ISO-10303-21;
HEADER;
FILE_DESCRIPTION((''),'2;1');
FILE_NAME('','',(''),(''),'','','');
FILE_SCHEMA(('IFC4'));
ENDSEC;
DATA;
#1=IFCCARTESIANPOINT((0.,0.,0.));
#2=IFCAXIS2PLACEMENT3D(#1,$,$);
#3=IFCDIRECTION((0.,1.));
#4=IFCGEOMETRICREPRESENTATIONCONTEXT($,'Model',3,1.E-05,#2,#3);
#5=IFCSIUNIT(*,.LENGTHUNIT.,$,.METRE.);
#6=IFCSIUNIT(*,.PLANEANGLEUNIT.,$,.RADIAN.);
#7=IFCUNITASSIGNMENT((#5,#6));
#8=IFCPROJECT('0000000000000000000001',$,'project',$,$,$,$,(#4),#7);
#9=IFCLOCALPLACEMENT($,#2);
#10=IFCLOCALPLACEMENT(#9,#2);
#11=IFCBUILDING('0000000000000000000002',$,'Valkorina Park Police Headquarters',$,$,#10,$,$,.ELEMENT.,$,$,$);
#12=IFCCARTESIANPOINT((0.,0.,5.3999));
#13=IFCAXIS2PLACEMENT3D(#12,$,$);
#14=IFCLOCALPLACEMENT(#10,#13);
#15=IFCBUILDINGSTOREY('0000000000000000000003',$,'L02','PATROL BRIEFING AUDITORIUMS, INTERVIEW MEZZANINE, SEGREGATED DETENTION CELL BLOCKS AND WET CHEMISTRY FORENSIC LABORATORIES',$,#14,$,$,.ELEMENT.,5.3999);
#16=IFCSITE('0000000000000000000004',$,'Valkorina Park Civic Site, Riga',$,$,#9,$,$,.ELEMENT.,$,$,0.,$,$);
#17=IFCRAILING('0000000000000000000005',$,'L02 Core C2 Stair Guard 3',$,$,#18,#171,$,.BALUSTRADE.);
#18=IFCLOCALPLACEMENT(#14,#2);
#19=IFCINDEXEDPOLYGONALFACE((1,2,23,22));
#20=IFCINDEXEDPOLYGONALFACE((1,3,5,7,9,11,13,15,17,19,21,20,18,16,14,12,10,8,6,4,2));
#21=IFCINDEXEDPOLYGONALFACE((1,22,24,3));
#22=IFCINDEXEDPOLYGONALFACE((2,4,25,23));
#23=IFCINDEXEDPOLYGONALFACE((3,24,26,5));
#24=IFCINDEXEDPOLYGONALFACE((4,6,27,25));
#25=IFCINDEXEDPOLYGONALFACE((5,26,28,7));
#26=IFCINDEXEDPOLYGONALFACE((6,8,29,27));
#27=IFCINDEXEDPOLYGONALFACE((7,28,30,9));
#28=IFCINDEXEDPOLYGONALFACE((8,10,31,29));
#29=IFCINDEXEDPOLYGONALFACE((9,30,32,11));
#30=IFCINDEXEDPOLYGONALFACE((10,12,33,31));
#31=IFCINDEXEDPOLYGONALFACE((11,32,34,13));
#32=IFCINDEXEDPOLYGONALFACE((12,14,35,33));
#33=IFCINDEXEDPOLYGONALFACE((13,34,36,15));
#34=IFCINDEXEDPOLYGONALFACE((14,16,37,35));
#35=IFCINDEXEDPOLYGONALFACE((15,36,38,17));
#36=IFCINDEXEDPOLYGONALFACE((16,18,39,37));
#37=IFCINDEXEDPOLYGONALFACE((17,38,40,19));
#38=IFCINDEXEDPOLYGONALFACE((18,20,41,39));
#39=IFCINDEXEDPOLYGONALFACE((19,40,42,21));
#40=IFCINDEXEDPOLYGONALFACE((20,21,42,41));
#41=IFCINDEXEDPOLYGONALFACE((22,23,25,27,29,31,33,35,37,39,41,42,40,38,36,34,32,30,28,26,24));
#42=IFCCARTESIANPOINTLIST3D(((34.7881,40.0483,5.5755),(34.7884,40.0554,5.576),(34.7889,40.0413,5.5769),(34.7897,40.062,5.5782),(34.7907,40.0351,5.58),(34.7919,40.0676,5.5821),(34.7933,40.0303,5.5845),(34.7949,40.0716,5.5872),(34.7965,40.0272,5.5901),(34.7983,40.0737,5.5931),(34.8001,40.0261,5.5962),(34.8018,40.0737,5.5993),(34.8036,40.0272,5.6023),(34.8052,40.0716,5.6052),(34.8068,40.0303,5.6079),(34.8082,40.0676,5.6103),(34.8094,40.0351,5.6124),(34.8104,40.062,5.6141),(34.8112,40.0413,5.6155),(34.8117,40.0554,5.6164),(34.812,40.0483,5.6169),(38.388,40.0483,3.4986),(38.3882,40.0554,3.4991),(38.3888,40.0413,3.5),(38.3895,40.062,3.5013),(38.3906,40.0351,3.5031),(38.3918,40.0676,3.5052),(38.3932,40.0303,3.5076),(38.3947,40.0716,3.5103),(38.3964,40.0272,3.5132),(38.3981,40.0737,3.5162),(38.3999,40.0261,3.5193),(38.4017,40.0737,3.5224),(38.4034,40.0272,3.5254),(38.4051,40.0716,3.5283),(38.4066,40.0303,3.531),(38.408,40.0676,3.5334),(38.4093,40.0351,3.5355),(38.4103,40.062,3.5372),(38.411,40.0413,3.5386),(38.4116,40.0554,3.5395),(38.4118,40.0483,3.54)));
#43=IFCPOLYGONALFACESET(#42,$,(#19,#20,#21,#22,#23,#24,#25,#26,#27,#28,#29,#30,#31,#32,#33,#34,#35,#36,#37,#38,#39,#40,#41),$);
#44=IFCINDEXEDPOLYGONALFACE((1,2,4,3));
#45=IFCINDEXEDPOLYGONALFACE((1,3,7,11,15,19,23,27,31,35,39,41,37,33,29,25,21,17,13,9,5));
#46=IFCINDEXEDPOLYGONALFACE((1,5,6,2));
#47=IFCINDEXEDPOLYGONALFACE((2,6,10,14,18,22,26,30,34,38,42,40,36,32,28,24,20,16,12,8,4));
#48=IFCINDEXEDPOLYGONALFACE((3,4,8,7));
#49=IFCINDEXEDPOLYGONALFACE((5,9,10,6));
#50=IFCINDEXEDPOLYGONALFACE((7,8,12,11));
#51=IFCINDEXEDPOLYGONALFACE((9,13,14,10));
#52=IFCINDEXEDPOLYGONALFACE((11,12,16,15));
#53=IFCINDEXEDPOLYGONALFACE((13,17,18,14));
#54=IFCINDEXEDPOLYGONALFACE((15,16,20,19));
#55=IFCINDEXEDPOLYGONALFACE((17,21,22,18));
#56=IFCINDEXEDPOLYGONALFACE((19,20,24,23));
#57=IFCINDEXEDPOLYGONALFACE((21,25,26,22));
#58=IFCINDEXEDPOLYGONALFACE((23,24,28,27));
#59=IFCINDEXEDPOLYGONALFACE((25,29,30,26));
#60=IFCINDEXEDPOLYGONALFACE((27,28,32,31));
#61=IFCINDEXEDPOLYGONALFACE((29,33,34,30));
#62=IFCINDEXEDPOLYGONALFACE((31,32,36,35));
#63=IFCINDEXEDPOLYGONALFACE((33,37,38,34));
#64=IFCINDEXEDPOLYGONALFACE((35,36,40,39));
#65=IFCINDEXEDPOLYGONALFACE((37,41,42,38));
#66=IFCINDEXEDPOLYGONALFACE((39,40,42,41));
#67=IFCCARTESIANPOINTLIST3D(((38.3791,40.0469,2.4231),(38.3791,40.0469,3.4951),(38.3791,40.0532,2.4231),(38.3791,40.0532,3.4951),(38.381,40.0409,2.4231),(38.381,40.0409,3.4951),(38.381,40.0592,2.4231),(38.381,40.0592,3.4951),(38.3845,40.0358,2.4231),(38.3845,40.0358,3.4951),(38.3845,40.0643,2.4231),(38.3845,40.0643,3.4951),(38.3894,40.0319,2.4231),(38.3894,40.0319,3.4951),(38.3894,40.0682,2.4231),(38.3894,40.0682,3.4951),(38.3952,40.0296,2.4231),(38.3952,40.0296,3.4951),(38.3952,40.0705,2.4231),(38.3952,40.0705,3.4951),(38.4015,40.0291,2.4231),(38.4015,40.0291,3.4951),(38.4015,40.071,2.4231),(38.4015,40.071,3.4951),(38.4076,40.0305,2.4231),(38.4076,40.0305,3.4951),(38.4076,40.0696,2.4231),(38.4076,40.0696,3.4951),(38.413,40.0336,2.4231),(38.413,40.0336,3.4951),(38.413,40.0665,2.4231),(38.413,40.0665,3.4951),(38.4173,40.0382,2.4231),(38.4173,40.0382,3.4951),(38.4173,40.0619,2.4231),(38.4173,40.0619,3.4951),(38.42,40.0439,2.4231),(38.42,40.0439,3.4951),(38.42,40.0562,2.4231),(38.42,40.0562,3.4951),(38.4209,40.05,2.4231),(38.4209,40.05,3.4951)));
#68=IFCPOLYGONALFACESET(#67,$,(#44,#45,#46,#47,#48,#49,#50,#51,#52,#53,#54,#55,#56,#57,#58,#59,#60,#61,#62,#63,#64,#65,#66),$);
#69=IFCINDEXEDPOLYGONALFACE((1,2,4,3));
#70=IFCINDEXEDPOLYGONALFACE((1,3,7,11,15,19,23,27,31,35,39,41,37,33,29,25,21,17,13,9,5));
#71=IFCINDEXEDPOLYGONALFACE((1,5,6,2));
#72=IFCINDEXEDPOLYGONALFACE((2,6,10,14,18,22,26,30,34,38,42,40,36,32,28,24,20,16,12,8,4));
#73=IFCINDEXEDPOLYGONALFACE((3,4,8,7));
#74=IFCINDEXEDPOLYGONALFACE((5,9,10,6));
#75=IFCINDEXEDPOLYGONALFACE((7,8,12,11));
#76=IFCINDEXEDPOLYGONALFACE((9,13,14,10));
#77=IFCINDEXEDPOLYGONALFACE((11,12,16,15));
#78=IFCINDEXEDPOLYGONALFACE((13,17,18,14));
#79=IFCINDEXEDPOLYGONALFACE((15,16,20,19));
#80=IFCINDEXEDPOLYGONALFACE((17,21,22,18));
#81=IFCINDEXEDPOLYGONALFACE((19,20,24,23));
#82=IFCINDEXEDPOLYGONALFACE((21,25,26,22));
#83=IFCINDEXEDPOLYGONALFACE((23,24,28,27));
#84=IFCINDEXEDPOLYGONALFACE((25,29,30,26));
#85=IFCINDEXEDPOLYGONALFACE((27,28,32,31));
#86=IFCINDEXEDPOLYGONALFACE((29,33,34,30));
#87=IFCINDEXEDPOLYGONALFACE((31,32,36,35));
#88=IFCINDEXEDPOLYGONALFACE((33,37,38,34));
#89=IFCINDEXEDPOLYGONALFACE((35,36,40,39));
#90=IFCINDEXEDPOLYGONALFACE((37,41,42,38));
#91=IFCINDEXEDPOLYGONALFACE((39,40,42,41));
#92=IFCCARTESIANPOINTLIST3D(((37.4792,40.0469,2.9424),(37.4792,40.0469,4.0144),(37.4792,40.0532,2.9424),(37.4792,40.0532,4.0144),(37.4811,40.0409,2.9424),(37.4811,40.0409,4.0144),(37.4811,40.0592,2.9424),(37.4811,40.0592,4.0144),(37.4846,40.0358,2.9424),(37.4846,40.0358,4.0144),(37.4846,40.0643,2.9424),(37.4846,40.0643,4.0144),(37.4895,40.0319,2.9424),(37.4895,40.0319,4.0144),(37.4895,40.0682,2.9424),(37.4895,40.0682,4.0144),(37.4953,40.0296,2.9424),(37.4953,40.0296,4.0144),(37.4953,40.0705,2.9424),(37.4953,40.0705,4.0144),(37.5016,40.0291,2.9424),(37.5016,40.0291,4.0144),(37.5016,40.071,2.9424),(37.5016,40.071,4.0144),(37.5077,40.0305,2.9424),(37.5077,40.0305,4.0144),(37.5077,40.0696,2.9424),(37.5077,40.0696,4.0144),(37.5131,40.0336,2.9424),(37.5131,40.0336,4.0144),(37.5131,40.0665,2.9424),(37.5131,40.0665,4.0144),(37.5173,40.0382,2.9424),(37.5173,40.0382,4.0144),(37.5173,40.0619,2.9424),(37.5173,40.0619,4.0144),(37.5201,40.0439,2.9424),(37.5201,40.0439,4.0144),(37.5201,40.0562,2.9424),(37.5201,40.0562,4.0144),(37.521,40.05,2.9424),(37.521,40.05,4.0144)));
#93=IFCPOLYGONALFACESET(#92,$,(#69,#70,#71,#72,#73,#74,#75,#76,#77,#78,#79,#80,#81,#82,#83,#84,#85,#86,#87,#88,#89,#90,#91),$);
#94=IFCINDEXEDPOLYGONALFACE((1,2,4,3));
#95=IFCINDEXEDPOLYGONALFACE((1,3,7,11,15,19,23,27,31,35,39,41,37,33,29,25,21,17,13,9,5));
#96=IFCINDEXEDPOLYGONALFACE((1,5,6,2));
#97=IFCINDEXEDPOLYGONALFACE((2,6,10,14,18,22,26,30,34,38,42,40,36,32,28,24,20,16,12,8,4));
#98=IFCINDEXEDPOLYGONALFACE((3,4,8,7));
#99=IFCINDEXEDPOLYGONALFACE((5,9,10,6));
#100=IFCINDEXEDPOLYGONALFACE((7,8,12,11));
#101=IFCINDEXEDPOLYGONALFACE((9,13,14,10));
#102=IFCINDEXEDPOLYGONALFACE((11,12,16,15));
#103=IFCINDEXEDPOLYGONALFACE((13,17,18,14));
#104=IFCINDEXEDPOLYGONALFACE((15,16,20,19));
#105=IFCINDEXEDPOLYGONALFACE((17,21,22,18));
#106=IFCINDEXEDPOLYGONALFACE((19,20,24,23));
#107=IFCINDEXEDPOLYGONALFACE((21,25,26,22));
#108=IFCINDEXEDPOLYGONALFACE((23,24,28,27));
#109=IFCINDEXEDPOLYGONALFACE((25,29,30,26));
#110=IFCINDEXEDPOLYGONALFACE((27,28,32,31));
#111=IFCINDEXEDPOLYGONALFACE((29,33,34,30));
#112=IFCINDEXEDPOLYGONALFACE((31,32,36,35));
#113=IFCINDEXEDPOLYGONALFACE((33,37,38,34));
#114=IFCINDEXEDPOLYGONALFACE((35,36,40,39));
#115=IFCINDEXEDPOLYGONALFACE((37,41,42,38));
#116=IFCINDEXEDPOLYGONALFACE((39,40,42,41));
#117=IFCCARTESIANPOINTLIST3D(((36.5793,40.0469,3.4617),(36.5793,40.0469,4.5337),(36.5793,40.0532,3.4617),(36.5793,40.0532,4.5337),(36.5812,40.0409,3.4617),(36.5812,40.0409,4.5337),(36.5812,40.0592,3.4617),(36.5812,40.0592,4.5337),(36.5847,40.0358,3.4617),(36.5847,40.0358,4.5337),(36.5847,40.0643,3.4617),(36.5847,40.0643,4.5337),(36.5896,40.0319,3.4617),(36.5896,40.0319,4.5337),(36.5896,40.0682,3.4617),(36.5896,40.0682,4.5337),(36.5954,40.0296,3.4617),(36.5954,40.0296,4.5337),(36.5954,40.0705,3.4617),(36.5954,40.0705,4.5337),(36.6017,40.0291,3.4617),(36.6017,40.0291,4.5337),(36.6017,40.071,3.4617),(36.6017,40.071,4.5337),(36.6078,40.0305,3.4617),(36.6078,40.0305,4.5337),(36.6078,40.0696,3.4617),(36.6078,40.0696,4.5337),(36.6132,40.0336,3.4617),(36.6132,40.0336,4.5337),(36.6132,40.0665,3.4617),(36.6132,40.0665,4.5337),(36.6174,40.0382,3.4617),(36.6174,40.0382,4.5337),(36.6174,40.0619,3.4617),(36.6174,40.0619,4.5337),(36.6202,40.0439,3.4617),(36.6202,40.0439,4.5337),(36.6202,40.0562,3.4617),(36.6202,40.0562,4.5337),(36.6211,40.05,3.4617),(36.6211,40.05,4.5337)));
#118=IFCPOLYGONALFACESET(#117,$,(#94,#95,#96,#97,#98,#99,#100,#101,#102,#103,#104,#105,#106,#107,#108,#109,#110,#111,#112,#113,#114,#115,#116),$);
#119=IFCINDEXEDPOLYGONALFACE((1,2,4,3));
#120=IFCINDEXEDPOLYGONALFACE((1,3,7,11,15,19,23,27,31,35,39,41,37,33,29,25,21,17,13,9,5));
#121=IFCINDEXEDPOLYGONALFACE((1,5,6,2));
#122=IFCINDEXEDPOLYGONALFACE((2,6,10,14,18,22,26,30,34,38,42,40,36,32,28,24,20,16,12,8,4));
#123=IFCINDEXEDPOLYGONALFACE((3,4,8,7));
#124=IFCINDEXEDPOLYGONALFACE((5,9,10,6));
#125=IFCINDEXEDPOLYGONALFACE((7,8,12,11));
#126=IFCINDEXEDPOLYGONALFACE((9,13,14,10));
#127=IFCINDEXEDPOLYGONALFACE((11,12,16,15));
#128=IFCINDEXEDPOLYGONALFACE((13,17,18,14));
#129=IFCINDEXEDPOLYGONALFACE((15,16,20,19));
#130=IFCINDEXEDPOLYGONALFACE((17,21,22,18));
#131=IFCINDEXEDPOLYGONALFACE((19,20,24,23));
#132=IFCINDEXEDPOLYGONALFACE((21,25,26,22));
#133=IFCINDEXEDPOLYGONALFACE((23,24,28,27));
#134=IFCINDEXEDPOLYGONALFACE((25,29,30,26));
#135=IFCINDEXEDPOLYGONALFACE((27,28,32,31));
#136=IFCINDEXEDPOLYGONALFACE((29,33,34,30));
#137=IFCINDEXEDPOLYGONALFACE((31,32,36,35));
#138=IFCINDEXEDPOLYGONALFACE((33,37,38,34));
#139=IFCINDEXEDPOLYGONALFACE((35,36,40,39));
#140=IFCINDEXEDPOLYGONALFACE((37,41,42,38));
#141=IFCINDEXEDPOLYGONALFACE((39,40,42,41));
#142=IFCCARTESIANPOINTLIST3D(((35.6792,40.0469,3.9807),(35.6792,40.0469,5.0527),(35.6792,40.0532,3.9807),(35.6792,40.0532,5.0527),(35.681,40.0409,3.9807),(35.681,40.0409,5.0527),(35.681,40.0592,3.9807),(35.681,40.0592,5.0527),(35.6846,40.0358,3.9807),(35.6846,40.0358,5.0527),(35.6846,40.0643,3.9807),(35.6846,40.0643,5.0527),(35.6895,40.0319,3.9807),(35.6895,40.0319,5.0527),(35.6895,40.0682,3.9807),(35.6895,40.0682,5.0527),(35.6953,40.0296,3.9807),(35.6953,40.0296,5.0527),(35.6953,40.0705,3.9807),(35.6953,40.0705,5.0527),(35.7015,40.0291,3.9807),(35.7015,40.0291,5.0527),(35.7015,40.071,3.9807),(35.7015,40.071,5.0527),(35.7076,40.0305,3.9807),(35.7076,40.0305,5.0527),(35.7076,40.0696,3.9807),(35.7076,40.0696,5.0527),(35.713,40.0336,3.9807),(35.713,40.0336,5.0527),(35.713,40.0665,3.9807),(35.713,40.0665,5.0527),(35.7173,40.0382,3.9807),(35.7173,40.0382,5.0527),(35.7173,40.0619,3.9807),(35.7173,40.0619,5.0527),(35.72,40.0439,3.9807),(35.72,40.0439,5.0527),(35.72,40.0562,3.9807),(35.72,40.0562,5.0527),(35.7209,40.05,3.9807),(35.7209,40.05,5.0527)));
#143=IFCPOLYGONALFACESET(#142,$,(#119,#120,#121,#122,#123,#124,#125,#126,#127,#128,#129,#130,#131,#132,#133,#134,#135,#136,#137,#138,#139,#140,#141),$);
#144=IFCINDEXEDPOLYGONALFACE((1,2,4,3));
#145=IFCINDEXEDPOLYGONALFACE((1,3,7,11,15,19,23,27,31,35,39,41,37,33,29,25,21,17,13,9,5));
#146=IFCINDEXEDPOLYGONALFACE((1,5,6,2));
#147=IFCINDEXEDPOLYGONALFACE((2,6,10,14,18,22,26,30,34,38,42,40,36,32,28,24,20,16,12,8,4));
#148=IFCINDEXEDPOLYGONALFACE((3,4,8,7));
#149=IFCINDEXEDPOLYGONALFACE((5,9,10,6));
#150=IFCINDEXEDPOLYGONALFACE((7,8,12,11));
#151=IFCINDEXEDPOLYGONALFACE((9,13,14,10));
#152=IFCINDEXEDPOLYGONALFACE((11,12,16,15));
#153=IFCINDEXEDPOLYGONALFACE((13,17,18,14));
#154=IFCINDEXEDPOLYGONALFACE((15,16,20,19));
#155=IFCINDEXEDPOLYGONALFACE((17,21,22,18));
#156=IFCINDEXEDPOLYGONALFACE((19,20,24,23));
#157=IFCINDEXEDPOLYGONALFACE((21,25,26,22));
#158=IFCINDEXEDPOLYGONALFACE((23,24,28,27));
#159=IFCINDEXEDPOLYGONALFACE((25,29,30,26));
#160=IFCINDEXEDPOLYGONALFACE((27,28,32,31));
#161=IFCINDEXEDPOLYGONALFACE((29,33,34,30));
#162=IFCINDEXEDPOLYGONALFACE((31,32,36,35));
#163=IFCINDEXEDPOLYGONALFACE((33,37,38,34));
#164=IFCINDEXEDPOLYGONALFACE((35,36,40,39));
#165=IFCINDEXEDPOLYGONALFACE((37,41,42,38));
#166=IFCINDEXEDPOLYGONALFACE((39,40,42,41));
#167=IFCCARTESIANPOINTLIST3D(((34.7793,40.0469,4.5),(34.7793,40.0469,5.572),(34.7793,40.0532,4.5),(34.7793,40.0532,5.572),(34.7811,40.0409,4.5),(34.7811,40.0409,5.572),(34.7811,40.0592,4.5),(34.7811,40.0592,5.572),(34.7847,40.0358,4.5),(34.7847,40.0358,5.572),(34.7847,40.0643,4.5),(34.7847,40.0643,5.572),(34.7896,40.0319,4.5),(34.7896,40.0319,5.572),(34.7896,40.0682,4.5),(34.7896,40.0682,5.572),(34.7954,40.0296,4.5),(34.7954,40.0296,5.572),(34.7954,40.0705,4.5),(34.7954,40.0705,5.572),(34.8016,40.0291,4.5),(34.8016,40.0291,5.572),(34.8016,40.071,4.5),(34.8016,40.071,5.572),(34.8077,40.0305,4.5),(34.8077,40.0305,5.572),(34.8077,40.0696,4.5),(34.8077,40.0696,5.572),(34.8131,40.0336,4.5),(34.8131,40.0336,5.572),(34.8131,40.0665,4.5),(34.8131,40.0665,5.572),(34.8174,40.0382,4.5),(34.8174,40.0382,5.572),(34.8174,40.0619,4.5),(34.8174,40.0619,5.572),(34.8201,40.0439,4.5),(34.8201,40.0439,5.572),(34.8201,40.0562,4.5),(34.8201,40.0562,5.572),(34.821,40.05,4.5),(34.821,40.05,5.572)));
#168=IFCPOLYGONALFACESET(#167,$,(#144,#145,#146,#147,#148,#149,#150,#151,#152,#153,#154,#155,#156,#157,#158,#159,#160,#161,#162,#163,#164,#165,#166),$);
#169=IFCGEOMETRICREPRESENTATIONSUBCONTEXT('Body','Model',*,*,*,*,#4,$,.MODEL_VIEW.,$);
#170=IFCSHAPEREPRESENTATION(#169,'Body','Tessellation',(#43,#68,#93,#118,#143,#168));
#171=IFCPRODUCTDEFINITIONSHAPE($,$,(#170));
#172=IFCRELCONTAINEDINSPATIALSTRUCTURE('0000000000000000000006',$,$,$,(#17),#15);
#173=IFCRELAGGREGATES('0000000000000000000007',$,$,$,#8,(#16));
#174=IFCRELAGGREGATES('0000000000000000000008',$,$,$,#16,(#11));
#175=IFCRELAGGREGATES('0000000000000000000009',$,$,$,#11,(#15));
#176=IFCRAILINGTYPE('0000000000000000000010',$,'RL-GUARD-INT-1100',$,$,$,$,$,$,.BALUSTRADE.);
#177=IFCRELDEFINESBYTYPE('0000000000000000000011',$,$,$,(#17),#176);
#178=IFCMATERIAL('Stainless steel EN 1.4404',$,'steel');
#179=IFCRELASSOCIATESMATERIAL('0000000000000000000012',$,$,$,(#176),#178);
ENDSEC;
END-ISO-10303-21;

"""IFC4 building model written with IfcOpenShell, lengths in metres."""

from ifc_helpers import new_model, si_unit, direction, frame, origin, origin_2d, place, context, subcontext, project, spatial, circle, extrude, material, type_object, element, save


model = new_model("IFC4")

# Units and contexts
model_context = context("Model", 3, precision=1e-05, world=origin(), true_north=direction((0.0, 1.0)))
body_context = subcontext(model_context, "Body", "Model", "MODEL_VIEW")
ifc_project = project(units=[si_unit("LENGTHUNIT", "METRE"), si_unit("PLANEANGLEUNIT", "RADIAN")], contexts=[model_context])

# Site, building, storey
site_placement = place(None, origin())
site = spatial("IfcSite", under=ifc_project, at=site_placement, Name="Valkorina Park Civic Site, Riga", CompositionType="ELEMENT", RefElevation=0.0)
building_placement = place(site_placement, origin())
building = spatial("IfcBuilding", under=site, at=building_placement, Name="Valkorina Park Police Headquarters", CompositionType="ELEMENT")
storey_placement = place(building_placement, frame((0.0, 0.0, 5.3999)))
storey = spatial("IfcBuildingStorey", under=building, at=storey_placement, Name="L02", Description="PATROL BRIEFING AUDITORIUMS, INTERVIEW MEZZANINE, SEGREGATED DETENTION CELL BLOCKS AND WET CHEMISTRY FORENSIC LABORATORIES", CompositionType="ELEMENT", Elevation=5.3999)

# Railing
ifc_material_1 = material(Name="Stainless steel EN 1.4404", Category="steel")
railing_type_1 = type_object("IfcRailingType", Name="RL-GUARD-INT-1100", PredefinedType="BALUSTRADE", material=ifc_material_1)
railing_1_placement = place(storey_placement, frame((38.3999, 40.05, 2.4231)))
element("IfcRailing", 1, at=railing_1_placement, inside=storey, type_object=railing_type_1, Name="L02 Core C2 Stair Guard 3", PredefinedType="BALUSTRADE", context=body_context, shape_type="SweptSolid", body=[
    extrude(circle(Radius=0.0239, at=origin_2d()), frame((0.0, 0.0, 1.0962), z_axis=(-0.866179, 0.0, 0.499734), x_axis=(0.0, -1.0, 0.0)), (0.0, 0.0, 1.0), 4.156),
    extrude(circle(Radius=0.021, at=origin_2d()), origin(), (0.0, 0.0, 1.0), 1.072),
    extrude(circle(Radius=0.021, at=origin_2d()), frame((-0.8999, 0.0, 0.5193)), (0.0, 0.0, 1.0), 1.072),
    extrude(circle(Radius=0.021, at=origin_2d()), frame((-1.7998, 0.0, 1.0386)), (0.0, 0.0, 1.0), 1.072),
    extrude(circle(Radius=0.021, at=origin_2d()), frame((-2.7, 0.0, 1.5576)), (0.0, 0.0, 1.0), 1.072),
    extrude(circle(Radius=0.021, at=origin_2d()), frame((-3.5999, 0.0, 2.0769)), (0.0, 0.0, 1.0), 1.072),
])

save(model, "model.ifc")
